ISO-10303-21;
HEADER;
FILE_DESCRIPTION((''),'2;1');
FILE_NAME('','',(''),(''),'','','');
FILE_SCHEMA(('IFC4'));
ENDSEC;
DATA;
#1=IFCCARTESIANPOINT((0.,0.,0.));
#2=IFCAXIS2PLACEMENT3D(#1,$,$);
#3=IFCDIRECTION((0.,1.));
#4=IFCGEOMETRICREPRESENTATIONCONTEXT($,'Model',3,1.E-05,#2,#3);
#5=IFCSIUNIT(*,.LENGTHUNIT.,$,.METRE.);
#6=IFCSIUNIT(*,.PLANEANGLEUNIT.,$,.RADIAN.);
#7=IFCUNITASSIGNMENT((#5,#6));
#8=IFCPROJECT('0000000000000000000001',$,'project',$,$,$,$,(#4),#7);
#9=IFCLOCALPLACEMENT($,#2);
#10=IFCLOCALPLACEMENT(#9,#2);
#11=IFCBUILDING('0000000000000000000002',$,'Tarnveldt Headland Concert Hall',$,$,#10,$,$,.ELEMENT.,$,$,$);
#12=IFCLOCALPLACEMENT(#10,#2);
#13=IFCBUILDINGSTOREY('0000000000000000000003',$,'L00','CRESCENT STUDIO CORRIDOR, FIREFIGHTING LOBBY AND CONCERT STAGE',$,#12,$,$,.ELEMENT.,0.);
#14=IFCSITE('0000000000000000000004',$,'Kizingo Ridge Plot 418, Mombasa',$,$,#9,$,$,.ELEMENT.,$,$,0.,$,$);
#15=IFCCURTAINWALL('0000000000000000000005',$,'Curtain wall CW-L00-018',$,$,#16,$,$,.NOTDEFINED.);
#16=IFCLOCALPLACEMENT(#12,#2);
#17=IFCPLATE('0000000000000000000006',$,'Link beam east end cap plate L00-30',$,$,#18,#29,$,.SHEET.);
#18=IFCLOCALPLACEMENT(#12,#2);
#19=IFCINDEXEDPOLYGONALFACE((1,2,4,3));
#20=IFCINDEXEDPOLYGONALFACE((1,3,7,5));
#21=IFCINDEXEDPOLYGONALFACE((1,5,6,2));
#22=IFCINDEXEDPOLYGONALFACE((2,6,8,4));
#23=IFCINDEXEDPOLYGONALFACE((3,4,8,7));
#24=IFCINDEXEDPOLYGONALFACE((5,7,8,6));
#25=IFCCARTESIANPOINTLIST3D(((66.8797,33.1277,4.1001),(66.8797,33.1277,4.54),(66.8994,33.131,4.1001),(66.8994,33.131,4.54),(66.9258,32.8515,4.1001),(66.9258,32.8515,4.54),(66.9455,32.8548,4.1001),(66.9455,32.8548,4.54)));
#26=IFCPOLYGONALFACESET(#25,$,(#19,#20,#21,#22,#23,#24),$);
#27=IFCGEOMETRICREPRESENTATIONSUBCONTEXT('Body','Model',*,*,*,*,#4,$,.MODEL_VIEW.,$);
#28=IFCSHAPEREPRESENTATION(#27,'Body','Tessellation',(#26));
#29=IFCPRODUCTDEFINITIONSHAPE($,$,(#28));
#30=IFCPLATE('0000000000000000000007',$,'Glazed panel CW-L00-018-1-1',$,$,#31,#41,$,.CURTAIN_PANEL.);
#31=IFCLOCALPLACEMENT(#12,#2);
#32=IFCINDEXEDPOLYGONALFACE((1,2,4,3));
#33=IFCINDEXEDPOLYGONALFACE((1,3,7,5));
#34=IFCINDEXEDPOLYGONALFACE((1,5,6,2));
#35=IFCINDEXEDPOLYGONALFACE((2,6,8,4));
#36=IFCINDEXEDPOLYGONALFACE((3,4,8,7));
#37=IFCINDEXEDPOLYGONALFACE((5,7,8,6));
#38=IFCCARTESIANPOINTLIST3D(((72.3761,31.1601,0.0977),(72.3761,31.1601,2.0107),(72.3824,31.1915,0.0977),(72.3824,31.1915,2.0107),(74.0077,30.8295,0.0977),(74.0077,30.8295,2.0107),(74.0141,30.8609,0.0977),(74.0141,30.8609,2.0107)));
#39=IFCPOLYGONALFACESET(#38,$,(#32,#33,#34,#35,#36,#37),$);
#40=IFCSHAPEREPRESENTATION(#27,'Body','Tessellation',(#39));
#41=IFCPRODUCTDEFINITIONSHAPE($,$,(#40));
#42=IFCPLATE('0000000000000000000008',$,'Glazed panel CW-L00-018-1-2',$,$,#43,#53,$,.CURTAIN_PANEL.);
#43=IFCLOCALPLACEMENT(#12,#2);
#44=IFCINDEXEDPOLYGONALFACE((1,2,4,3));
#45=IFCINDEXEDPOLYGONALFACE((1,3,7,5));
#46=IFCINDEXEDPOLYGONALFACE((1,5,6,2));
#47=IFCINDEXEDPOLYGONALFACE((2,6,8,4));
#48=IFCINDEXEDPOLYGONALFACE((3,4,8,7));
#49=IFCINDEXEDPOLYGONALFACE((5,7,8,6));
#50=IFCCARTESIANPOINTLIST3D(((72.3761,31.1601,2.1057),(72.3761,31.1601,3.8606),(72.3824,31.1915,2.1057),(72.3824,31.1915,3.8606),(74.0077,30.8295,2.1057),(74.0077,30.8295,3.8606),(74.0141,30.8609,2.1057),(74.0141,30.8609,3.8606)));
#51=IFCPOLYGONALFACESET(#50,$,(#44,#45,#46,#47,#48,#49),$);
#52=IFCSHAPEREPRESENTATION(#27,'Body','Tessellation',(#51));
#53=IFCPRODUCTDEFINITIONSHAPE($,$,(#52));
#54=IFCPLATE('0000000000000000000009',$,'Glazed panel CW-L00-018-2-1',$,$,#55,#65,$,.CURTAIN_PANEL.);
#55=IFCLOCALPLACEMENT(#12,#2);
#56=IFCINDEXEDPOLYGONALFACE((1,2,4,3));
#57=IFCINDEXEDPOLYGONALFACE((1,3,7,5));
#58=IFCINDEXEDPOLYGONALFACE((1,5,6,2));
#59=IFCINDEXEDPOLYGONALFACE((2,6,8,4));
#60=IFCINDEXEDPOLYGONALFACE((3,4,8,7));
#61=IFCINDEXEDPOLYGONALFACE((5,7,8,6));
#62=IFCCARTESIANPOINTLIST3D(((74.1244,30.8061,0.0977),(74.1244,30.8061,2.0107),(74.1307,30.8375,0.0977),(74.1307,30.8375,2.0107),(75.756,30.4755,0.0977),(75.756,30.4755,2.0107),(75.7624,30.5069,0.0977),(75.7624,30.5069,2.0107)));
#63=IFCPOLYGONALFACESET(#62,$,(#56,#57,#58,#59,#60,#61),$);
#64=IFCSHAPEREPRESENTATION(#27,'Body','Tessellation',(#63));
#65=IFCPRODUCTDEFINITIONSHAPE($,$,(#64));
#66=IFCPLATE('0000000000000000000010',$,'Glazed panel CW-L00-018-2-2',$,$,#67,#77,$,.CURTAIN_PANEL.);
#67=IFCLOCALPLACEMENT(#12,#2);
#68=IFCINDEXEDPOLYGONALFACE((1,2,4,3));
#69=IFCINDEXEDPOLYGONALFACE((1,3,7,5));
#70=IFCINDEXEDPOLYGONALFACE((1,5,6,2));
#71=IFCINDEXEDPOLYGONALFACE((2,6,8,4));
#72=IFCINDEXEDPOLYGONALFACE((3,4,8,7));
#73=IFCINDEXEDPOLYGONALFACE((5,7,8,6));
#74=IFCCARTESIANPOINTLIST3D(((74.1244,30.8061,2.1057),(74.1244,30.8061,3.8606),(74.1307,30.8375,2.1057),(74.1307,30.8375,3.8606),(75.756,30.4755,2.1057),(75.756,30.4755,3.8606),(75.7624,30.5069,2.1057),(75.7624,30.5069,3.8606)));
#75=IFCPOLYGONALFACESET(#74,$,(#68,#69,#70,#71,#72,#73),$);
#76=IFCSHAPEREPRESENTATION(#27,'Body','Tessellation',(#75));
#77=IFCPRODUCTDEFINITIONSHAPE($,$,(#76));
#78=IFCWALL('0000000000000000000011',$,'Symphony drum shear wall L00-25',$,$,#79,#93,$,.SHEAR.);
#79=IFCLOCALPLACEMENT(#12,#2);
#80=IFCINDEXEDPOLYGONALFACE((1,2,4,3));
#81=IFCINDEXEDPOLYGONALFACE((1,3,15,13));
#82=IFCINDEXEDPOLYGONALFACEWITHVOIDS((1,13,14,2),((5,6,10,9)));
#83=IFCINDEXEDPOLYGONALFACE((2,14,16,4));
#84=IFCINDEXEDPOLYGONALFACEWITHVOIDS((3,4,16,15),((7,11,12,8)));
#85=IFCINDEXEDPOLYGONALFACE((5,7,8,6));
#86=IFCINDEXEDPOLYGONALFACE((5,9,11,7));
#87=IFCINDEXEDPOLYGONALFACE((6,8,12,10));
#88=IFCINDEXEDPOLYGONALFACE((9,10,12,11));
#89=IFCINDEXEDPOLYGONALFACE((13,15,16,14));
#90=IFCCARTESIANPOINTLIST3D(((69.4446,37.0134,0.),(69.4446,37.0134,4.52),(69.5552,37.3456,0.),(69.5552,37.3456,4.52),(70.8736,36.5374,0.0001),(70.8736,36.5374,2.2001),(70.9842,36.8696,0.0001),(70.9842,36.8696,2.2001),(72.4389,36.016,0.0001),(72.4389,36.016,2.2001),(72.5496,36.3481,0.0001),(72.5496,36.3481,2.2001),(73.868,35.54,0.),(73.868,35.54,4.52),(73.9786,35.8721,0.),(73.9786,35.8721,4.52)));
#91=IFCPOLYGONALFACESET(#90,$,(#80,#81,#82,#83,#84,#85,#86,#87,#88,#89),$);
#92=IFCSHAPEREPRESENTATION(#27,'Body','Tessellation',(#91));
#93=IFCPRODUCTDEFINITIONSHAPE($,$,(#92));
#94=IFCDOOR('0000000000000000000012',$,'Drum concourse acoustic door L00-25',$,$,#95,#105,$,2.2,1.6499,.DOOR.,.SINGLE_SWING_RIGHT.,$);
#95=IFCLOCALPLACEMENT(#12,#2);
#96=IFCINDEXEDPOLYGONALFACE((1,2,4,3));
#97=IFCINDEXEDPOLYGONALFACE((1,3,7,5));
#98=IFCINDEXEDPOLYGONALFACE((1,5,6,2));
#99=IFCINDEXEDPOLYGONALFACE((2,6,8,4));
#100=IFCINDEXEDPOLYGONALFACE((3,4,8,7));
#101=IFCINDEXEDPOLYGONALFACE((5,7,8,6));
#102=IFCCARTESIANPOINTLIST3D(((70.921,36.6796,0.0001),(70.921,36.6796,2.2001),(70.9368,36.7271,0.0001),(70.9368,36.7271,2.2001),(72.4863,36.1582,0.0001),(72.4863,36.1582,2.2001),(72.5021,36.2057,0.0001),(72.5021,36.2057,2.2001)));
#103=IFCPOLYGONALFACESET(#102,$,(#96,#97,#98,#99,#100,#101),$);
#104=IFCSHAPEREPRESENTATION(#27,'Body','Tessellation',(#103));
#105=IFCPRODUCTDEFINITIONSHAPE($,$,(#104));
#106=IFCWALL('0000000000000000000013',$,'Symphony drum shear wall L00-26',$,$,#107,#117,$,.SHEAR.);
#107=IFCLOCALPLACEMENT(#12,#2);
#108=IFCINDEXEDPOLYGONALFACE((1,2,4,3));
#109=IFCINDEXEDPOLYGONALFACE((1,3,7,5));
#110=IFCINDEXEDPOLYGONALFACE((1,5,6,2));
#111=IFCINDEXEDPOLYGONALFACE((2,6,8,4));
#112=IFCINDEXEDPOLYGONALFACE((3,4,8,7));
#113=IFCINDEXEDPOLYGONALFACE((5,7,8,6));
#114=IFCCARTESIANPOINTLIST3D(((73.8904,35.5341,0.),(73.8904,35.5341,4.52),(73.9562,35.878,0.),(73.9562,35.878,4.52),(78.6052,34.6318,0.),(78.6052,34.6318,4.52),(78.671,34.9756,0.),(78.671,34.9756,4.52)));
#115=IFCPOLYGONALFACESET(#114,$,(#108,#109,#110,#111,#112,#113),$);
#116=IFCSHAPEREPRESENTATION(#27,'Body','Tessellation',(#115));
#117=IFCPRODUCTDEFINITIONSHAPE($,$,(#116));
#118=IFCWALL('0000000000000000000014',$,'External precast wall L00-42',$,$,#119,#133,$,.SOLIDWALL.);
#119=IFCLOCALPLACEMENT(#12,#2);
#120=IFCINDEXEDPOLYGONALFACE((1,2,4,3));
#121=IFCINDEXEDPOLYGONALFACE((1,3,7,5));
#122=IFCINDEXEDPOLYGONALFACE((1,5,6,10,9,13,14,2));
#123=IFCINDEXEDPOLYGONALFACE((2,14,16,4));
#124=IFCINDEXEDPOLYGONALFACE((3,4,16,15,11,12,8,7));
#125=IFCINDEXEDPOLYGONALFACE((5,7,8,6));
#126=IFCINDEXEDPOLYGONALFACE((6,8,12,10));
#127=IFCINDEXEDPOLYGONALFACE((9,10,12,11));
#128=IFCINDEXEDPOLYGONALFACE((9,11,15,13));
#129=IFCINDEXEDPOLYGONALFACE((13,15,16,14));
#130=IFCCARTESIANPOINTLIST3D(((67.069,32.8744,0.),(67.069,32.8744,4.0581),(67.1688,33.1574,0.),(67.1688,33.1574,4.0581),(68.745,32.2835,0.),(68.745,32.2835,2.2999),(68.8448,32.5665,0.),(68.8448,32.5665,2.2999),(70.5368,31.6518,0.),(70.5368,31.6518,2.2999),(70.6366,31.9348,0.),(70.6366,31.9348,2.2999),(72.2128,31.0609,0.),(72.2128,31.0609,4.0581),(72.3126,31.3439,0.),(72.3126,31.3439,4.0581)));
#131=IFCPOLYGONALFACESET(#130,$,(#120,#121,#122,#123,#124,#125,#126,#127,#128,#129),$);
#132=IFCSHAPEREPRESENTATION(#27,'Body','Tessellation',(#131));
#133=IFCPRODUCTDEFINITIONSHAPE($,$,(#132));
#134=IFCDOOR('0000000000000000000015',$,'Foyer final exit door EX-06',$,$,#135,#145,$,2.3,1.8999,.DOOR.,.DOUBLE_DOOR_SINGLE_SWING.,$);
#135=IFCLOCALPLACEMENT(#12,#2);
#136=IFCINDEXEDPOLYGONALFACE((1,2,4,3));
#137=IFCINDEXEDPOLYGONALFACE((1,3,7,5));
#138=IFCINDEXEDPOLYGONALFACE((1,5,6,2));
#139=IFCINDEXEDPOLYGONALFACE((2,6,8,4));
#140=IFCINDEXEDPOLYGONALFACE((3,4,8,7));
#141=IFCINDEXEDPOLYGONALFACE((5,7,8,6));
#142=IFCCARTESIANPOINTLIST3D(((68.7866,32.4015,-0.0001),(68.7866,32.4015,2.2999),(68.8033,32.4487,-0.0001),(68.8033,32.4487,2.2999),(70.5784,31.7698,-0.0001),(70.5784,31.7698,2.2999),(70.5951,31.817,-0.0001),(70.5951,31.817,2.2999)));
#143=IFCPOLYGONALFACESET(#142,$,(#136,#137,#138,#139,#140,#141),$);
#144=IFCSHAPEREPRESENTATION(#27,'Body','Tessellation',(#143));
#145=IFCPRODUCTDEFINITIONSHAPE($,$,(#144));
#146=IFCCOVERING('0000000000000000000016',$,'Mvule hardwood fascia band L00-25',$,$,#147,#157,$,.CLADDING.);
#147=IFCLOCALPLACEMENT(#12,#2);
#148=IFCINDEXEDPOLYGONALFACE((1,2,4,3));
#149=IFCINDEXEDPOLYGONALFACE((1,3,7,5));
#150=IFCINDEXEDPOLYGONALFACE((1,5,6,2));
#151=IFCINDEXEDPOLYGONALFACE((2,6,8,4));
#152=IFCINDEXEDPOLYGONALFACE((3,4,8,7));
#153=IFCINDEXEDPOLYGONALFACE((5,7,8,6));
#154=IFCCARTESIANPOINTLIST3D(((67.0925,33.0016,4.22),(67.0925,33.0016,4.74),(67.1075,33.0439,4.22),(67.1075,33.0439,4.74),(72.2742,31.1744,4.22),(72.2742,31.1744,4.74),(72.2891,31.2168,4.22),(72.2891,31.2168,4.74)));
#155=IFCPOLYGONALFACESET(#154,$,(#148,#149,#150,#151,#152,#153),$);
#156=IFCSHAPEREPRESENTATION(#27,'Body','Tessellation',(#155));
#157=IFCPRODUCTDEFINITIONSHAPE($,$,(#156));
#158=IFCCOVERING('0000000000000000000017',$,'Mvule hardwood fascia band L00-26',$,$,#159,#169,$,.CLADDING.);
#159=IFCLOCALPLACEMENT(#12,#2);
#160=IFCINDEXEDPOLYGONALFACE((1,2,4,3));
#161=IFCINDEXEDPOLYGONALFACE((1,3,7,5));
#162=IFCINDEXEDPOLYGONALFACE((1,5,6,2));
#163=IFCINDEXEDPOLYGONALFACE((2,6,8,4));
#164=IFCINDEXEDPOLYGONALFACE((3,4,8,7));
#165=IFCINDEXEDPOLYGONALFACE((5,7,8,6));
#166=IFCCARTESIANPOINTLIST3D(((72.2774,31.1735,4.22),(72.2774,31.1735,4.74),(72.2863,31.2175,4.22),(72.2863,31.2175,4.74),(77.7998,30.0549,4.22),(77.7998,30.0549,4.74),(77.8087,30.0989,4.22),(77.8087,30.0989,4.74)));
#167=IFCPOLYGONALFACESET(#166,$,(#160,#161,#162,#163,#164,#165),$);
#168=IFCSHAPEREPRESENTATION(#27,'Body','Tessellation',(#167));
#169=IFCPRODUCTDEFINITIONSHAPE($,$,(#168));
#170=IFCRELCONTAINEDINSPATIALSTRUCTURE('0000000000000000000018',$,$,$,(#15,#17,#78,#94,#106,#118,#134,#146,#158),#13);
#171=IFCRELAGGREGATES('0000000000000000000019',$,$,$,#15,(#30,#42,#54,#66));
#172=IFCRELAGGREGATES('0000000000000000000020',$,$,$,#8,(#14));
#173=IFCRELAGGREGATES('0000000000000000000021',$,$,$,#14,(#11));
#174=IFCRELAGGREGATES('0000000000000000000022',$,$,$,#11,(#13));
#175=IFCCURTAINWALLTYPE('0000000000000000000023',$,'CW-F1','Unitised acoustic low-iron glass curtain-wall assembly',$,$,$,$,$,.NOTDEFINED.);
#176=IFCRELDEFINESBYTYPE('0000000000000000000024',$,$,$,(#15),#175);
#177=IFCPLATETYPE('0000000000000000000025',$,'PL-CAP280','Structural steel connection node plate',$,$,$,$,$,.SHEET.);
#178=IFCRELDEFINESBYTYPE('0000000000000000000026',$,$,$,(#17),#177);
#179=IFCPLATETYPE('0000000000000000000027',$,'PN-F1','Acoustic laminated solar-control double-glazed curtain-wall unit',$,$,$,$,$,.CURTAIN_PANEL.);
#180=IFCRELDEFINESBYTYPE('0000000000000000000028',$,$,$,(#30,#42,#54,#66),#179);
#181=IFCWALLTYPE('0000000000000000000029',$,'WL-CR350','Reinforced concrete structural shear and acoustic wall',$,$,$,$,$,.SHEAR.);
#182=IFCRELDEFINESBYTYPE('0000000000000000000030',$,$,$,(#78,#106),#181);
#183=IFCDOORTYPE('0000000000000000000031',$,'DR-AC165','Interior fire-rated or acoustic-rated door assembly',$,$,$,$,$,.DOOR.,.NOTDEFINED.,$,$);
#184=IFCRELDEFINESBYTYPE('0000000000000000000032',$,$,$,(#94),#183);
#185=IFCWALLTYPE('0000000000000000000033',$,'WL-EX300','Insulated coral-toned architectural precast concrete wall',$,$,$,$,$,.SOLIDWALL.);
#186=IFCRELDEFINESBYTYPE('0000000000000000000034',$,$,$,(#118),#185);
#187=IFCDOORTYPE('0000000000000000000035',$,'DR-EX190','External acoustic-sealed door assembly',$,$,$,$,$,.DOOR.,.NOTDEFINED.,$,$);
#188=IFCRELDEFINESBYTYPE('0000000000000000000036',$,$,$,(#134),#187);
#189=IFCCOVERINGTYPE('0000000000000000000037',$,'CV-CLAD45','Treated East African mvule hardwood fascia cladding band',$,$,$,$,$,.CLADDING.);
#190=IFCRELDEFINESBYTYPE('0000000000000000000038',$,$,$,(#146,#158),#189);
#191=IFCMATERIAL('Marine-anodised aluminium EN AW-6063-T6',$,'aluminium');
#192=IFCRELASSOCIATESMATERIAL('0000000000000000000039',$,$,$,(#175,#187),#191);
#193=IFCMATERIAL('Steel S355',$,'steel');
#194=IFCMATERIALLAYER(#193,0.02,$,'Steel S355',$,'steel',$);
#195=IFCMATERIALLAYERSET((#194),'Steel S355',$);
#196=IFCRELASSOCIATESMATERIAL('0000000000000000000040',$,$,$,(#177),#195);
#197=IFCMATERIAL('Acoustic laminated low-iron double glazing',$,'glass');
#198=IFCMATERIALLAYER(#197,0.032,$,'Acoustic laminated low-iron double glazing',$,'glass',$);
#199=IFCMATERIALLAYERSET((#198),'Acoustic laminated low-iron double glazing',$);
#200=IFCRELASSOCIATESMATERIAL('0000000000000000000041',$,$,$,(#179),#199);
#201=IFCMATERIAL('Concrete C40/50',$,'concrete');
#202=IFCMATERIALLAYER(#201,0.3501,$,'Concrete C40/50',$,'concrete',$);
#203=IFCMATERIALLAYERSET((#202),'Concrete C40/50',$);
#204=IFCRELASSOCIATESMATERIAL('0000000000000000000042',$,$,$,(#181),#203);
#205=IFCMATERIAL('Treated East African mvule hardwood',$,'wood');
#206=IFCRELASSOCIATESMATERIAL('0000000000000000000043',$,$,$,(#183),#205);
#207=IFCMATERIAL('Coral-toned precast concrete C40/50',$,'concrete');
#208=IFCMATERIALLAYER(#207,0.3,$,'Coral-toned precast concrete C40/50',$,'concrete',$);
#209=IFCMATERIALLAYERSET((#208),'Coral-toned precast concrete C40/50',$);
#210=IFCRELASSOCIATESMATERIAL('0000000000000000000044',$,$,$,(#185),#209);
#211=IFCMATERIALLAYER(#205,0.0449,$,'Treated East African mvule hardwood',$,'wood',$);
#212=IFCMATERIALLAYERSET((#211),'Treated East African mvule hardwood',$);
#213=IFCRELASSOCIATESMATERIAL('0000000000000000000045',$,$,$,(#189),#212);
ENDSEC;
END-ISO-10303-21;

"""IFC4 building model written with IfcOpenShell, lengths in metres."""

from ifc_helpers import new_model, si_unit, direction, frame, frame_2d, origin, origin_2d, place, context, subcontext, project, spatial, rectangle, extrude, material, layer, layer_set, type_object, element, fill, aggregate, save


model = new_model("IFC4")

# Units and contexts
model_context = context("Model", 3, precision=1e-05, world=origin(), true_north=direction((0.0, 1.0)))
body_context = subcontext(model_context, "Body", "Model", "MODEL_VIEW")
ifc_project = project(units=[si_unit("LENGTHUNIT", "METRE"), si_unit("PLANEANGLEUNIT", "RADIAN")], contexts=[model_context])

# Site, building, storey
site_placement = place(None, origin())
site = spatial("IfcSite", under=ifc_project, at=site_placement, Name="Kizingo Ridge Plot 418, Mombasa", CompositionType="ELEMENT", RefElevation=0.0)
building_placement = place(site_placement, origin())
building = spatial("IfcBuilding", under=site, at=building_placement, Name="Tarnveldt Headland Concert Hall", CompositionType="ELEMENT")
storey_placement = place(building_placement, origin())
storey = spatial("IfcBuildingStorey", under=building, at=storey_placement, Name="L00", Description="CRESCENT STUDIO CORRIDOR, FIREFIGHTING LOBBY AND CONCERT STAGE", CompositionType="ELEMENT", Elevation=0.0)

# Shared definitions
ifc_material_1 = material(Name="Concrete C40/50", Category="concrete")
ifc_material_2 = material(Name="Steel S355", Category="steel")

# Shared definitions
ifc_material_3 = material(Name="Marine-anodised aluminium EN AW-6063-T6", Category="aluminium")

# Curtain wall
curtain_wall_type_1 = type_object("IfcCurtainWallType", Name="CW-F1", Description="Unitised acoustic low-iron glass curtain-wall assembly", PredefinedType="NOTDEFINED", material=ifc_material_3)
curtain_wall_1_placement = place(storey_placement, origin())
curtain_wall_1 = element("IfcCurtainWall", 1, at=curtain_wall_1_placement, inside=storey, type_object=curtain_wall_type_1, Name="Curtain wall CW-L00-018", PredefinedType="NOTDEFINED")

# Plates
ifc_layer_1 = layer(ifc_material_2, 0.02, Name="Steel S355", Category="steel")
ifc_layer_set_1 = layer_set([ifc_layer_1], Name="Steel S355")
plate_type_1 = type_object("IfcPlateType", Name="PL-CAP280", Description="Structural steel connection node plate", PredefinedType="SHEET", material=ifc_layer_set_1)
plate_1_placement = place(storey_placement, frame((66.9126, 32.9912, 4.1001), z_axis=(0.0, 0.0, 1.0), x_axis=(0.986343, 0.164703, 0.0)))
element("IfcPlate", 2, at=plate_1_placement, inside=storey, type_object=plate_type_1, Name="Link beam east end cap plate L00-30", PredefinedType="SHEET", context=body_context, shape_type="SweptSolid", body=[
    extrude(rectangle(XDim=0.02, YDim=0.28, at=origin_2d()), origin(), (0.0, 0.0, 1.0), 0.4399),
])
ifc_material_4 = material(Name="Acoustic laminated low-iron double glazing", Category="glass")
ifc_layer_2 = layer(ifc_material_4, 0.032, Name="Acoustic laminated low-iron double glazing", Category="glass")
ifc_layer_set_2 = layer_set([ifc_layer_2], Name="Acoustic laminated low-iron double glazing")
plate_type_2 = type_object("IfcPlateType", Name="PN-F1", Description="Acoustic laminated solar-control double-glazed curtain-wall unit", PredefinedType="CURTAIN_PANEL", material=ifc_layer_set_2)
plate_2_placement = place(storey_placement, frame((73.1951, 31.0105, 0.0977), z_axis=(0.0, 0.0, 1.0), x_axis=(0.980088, -0.198564, 0.0)))
plate_2 = element("IfcPlate", 3, at=plate_2_placement, type_object=plate_type_2, Name="Glazed panel CW-L00-018-1-1", PredefinedType="CURTAIN_PANEL", context=body_context, shape_type="SweptSolid", body=[
    extrude(rectangle(XDim=1.6648, YDim=0.032, at=origin_2d()), origin(), (0.0, 0.0, 1.0), 1.9131),
])
plate_3_placement = place(storey_placement, frame((73.1951, 31.0105, 2.1057), z_axis=(0.0, 0.0, 1.0), x_axis=(0.980088, -0.198564, 0.0)))
plate_3 = element("IfcPlate", 4, at=plate_3_placement, type_object=plate_type_2, Name="Glazed panel CW-L00-018-1-2", PredefinedType="CURTAIN_PANEL", context=body_context, shape_type="SweptSolid", body=[
    extrude(rectangle(XDim=1.6648, YDim=0.032, at=origin_2d()), origin(), (0.0, 0.0, 1.0), 1.7549),
])
plate_4_placement = place(storey_placement, frame((74.9434, 30.6565, 0.0977), z_axis=(0.0, 0.0, 1.0), x_axis=(0.980088, -0.198564, 0.0)))
plate_4 = element("IfcPlate", 5, at=plate_4_placement, type_object=plate_type_2, Name="Glazed panel CW-L00-018-2-1", PredefinedType="CURTAIN_PANEL", context=body_context, shape_type="SweptSolid", body=[
    extrude(rectangle(XDim=1.6648, YDim=0.032, at=origin_2d()), origin(), (0.0, 0.0, 1.0), 1.9131),
])
plate_5_placement = place(storey_placement, frame((74.9434, 30.6565, 2.1057), z_axis=(0.0, 0.0, 1.0), x_axis=(0.980088, -0.198564, 0.0)))
plate_5 = element("IfcPlate", 6, at=plate_5_placement, type_object=plate_type_2, Name="Glazed panel CW-L00-018-2-2", PredefinedType="CURTAIN_PANEL", context=body_context, shape_type="SweptSolid", body=[
    extrude(rectangle(XDim=1.6648, YDim=0.032, at=origin_2d()), origin(), (0.0, 0.0, 1.0), 1.7549),
])
aggregate(curtain_wall_1, [plate_2, plate_3, plate_4, plate_5])

# Wall, opening, door
ifc_layer_3 = layer(ifc_material_1, 0.3501, Name="Concrete C40/50", Category="concrete")
ifc_layer_set_3 = layer_set([ifc_layer_3], Name="Concrete C40/50")
wall_type_1 = type_object("IfcWallType", Name="WL-CR350", Description="Reinforced concrete structural shear and acoustic wall", PredefinedType="SHEAR", material=ifc_layer_set_3)
wall_1_placement = place(storey_placement, frame((69.5, 37.1794, 0.0), z_axis=(0.0, 0.0, 1.0), x_axis=(0.948751, -0.316024, 0.0)))
wall_1 = element("IfcWall", 7, at=wall_1_placement, inside=storey, type_object=wall_type_1, Name="Symphony drum shear wall L00-25", PredefinedType="SHEAR", context=body_context, shape_type="SweptSolid", body=[
    extrude(rectangle(XDim=4.6624, YDim=0.3501, at=frame_2d((2.3311, 0.0))), origin(), (0.0, 0.0, 1.0), 4.52),
])
opening_1_placement = place(wall_1_placement, frame((1.5061, 0.0, 0.0)))
opening_1 = element("IfcOpeningElement", 8, at=opening_1_placement, cuts=wall_1, PredefinedType="OPENING", context=body_context, shape_type="SweptSolid", body=[
    extrude(rectangle(XDim=1.6499, YDim=2.2, at=frame_2d((0.825, 1.1001))), frame((0.0, 0.1851, 0.0), z_axis=(0.0, -1.0, 0.0), x_axis=(1.0, 0.0, 0.0)), (0.0, 0.0, 1.0), 0.3701),
])
ifc_material_5 = material(Name="Treated East African mvule hardwood", Category="wood")
door_type_1 = type_object("IfcDoorType", Name="DR-AC165", Description="Interior fire-rated or acoustic-rated door assembly", OperationType="NOTDEFINED", PredefinedType="DOOR", material=ifc_material_5)
door_1_placement = place(opening_1_placement, origin())
door_1 = element("IfcDoor", 9, at=door_1_placement, inside=storey, type_object=door_type_1, Name="Drum concourse acoustic door L00-25", OperationType="SINGLE_SWING_RIGHT", OverallHeight=2.2, OverallWidth=1.6499, PredefinedType="DOOR", context=body_context, shape_type="SweptSolid", body=[
    extrude(rectangle(XDim=1.6499, YDim=2.2, at=frame_2d((0.825, 1.1001))), frame((0.0, 0.0249, 0.0), z_axis=(0.0, -1.0, 0.0), x_axis=(1.0, 0.0, 0.0)), (0.0, 0.0, 1.0), 0.05),
])
fill(opening_1, door_1)

# Wall
wall_2_placement = place(storey_placement, frame((73.9233, 35.7061, 0.0), z_axis=(0.0, 0.0, 1.0), x_axis=(0.982173, -0.187981, 0.0)))
element("IfcWall", 10, at=wall_2_placement, inside=storey, type_object=wall_type_1, Name="Symphony drum shear wall L00-26", PredefinedType="SHEAR", context=body_context, shape_type="SweptSolid", body=[
    extrude(rectangle(XDim=4.8003, YDim=0.3501, at=frame_2d((2.4001, 0.0))), origin(), (0.0, 0.0, 1.0), 4.52),
])

# Wall, opening, door
ifc_material_6 = material(Name="Coral-toned precast concrete C40/50", Category="concrete")
ifc_layer_4 = layer(ifc_material_6, 0.3, Name="Coral-toned precast concrete C40/50", Category="concrete")
ifc_layer_set_4 = layer_set([ifc_layer_4], Name="Coral-toned precast concrete C40/50")
wall_type_2 = type_object("IfcWallType", Name="WL-EX300", Description="Insulated coral-toned architectural precast concrete wall", PredefinedType="SOLIDWALL", material=ifc_layer_set_4)
wall_3_placement = place(storey_placement, frame((72.2627, 31.2024, 0.0), z_axis=(0.0, 0.0, 1.0), x_axis=(-0.943104, 0.332497, 0.0)))
wall_3 = element("IfcWall", 11, at=wall_3_placement, inside=storey, type_object=wall_type_2, Name="External precast wall L00-42", PredefinedType="SOLIDWALL", context=body_context, shape_type="SweptSolid", body=[
    extrude(rectangle(XDim=5.4541, YDim=0.3, at=frame_2d((2.7271, 0.0))), origin(), (0.0, 0.0, 1.0), 4.0581),
])
opening_2_placement = place(wall_3_placement, frame((1.7771, 0.0, 0.0)))
opening_2 = element("IfcOpeningElement", 12, at=opening_2_placement, cuts=wall_3, PredefinedType="OPENING", context=body_context, shape_type="SweptSolid", body=[
    extrude(rectangle(XDim=1.8999, YDim=2.3, at=frame_2d((0.95, 1.1499))), frame((0.0, 0.1599, 0.0), z_axis=(0.0, -1.0, 0.0), x_axis=(1.0, 0.0, 0.0)), (0.0, 0.0, 1.0), 0.3201),
])
door_type_2 = type_object("IfcDoorType", Name="DR-EX190", Description="External acoustic-sealed door assembly", OperationType="NOTDEFINED", PredefinedType="DOOR", material=ifc_material_3)
door_2_placement = place(opening_2_placement, origin())
door_2 = element("IfcDoor", 13, at=door_2_placement, inside=storey, type_object=door_type_2, Name="Foyer final exit door EX-06", OperationType="DOUBLE_DOOR_SINGLE_SWING", OverallHeight=2.3, OverallWidth=1.8999, PredefinedType="DOOR", context=body_context, shape_type="SweptSolid", body=[
    extrude(rectangle(XDim=1.8999, YDim=2.3, at=frame_2d((0.95, 1.1499))), frame((0.0, 0.0249, 0.0), z_axis=(0.0, -1.0, 0.0), x_axis=(1.0, 0.0, 0.0)), (0.0, 0.0, 1.0), 0.05),
])
fill(opening_2, door_2)

# Coverings
ifc_layer_5 = layer(ifc_material_5, 0.0449, Name="Treated East African mvule hardwood", Category="wood")
ifc_layer_set_5 = layer_set([ifc_layer_5], Name="Treated East African mvule hardwood")
covering_type_1 = type_object("IfcCoveringType", Name="CV-CLAD45", Description="Treated East African mvule hardwood fascia cladding band", PredefinedType="CLADDING", material=ifc_layer_set_5)
covering_1_placement = place(storey_placement, frame((67.1001, 33.0227, 4.22), z_axis=(0.0, 0.0, 1.0), x_axis=(0.943085, -0.33255, 0.0)))
element("IfcCovering", 14, at=covering_1_placement, inside=storey, type_object=covering_type_1, Name="Mvule hardwood fascia band L00-25", PredefinedType="CLADDING", context=body_context, shape_type="SweptSolid", body=[
    extrude(rectangle(XDim=5.4944, YDim=0.0449, at=frame_2d((2.7471, 0.0))), origin(), (0.0, 0.0, 1.0), 0.52),
])
covering_2_placement = place(storey_placement, frame((72.2817, 31.1956, 4.22), z_axis=(0.0, 0.0, 1.0), x_axis=(0.980094, -0.198532, 0.0)))
element("IfcCovering", 15, at=covering_2_placement, inside=storey, type_object=covering_type_1, Name="Mvule hardwood fascia band L00-26", PredefinedType="CLADDING", context=body_context, shape_type="SweptSolid", body=[
    extrude(rectangle(XDim=5.6345, YDim=0.0449, at=frame_2d((2.8174, 0.0))), origin(), (0.0, 0.0, 1.0), 0.52),
])

save(model, "model.ifc")
